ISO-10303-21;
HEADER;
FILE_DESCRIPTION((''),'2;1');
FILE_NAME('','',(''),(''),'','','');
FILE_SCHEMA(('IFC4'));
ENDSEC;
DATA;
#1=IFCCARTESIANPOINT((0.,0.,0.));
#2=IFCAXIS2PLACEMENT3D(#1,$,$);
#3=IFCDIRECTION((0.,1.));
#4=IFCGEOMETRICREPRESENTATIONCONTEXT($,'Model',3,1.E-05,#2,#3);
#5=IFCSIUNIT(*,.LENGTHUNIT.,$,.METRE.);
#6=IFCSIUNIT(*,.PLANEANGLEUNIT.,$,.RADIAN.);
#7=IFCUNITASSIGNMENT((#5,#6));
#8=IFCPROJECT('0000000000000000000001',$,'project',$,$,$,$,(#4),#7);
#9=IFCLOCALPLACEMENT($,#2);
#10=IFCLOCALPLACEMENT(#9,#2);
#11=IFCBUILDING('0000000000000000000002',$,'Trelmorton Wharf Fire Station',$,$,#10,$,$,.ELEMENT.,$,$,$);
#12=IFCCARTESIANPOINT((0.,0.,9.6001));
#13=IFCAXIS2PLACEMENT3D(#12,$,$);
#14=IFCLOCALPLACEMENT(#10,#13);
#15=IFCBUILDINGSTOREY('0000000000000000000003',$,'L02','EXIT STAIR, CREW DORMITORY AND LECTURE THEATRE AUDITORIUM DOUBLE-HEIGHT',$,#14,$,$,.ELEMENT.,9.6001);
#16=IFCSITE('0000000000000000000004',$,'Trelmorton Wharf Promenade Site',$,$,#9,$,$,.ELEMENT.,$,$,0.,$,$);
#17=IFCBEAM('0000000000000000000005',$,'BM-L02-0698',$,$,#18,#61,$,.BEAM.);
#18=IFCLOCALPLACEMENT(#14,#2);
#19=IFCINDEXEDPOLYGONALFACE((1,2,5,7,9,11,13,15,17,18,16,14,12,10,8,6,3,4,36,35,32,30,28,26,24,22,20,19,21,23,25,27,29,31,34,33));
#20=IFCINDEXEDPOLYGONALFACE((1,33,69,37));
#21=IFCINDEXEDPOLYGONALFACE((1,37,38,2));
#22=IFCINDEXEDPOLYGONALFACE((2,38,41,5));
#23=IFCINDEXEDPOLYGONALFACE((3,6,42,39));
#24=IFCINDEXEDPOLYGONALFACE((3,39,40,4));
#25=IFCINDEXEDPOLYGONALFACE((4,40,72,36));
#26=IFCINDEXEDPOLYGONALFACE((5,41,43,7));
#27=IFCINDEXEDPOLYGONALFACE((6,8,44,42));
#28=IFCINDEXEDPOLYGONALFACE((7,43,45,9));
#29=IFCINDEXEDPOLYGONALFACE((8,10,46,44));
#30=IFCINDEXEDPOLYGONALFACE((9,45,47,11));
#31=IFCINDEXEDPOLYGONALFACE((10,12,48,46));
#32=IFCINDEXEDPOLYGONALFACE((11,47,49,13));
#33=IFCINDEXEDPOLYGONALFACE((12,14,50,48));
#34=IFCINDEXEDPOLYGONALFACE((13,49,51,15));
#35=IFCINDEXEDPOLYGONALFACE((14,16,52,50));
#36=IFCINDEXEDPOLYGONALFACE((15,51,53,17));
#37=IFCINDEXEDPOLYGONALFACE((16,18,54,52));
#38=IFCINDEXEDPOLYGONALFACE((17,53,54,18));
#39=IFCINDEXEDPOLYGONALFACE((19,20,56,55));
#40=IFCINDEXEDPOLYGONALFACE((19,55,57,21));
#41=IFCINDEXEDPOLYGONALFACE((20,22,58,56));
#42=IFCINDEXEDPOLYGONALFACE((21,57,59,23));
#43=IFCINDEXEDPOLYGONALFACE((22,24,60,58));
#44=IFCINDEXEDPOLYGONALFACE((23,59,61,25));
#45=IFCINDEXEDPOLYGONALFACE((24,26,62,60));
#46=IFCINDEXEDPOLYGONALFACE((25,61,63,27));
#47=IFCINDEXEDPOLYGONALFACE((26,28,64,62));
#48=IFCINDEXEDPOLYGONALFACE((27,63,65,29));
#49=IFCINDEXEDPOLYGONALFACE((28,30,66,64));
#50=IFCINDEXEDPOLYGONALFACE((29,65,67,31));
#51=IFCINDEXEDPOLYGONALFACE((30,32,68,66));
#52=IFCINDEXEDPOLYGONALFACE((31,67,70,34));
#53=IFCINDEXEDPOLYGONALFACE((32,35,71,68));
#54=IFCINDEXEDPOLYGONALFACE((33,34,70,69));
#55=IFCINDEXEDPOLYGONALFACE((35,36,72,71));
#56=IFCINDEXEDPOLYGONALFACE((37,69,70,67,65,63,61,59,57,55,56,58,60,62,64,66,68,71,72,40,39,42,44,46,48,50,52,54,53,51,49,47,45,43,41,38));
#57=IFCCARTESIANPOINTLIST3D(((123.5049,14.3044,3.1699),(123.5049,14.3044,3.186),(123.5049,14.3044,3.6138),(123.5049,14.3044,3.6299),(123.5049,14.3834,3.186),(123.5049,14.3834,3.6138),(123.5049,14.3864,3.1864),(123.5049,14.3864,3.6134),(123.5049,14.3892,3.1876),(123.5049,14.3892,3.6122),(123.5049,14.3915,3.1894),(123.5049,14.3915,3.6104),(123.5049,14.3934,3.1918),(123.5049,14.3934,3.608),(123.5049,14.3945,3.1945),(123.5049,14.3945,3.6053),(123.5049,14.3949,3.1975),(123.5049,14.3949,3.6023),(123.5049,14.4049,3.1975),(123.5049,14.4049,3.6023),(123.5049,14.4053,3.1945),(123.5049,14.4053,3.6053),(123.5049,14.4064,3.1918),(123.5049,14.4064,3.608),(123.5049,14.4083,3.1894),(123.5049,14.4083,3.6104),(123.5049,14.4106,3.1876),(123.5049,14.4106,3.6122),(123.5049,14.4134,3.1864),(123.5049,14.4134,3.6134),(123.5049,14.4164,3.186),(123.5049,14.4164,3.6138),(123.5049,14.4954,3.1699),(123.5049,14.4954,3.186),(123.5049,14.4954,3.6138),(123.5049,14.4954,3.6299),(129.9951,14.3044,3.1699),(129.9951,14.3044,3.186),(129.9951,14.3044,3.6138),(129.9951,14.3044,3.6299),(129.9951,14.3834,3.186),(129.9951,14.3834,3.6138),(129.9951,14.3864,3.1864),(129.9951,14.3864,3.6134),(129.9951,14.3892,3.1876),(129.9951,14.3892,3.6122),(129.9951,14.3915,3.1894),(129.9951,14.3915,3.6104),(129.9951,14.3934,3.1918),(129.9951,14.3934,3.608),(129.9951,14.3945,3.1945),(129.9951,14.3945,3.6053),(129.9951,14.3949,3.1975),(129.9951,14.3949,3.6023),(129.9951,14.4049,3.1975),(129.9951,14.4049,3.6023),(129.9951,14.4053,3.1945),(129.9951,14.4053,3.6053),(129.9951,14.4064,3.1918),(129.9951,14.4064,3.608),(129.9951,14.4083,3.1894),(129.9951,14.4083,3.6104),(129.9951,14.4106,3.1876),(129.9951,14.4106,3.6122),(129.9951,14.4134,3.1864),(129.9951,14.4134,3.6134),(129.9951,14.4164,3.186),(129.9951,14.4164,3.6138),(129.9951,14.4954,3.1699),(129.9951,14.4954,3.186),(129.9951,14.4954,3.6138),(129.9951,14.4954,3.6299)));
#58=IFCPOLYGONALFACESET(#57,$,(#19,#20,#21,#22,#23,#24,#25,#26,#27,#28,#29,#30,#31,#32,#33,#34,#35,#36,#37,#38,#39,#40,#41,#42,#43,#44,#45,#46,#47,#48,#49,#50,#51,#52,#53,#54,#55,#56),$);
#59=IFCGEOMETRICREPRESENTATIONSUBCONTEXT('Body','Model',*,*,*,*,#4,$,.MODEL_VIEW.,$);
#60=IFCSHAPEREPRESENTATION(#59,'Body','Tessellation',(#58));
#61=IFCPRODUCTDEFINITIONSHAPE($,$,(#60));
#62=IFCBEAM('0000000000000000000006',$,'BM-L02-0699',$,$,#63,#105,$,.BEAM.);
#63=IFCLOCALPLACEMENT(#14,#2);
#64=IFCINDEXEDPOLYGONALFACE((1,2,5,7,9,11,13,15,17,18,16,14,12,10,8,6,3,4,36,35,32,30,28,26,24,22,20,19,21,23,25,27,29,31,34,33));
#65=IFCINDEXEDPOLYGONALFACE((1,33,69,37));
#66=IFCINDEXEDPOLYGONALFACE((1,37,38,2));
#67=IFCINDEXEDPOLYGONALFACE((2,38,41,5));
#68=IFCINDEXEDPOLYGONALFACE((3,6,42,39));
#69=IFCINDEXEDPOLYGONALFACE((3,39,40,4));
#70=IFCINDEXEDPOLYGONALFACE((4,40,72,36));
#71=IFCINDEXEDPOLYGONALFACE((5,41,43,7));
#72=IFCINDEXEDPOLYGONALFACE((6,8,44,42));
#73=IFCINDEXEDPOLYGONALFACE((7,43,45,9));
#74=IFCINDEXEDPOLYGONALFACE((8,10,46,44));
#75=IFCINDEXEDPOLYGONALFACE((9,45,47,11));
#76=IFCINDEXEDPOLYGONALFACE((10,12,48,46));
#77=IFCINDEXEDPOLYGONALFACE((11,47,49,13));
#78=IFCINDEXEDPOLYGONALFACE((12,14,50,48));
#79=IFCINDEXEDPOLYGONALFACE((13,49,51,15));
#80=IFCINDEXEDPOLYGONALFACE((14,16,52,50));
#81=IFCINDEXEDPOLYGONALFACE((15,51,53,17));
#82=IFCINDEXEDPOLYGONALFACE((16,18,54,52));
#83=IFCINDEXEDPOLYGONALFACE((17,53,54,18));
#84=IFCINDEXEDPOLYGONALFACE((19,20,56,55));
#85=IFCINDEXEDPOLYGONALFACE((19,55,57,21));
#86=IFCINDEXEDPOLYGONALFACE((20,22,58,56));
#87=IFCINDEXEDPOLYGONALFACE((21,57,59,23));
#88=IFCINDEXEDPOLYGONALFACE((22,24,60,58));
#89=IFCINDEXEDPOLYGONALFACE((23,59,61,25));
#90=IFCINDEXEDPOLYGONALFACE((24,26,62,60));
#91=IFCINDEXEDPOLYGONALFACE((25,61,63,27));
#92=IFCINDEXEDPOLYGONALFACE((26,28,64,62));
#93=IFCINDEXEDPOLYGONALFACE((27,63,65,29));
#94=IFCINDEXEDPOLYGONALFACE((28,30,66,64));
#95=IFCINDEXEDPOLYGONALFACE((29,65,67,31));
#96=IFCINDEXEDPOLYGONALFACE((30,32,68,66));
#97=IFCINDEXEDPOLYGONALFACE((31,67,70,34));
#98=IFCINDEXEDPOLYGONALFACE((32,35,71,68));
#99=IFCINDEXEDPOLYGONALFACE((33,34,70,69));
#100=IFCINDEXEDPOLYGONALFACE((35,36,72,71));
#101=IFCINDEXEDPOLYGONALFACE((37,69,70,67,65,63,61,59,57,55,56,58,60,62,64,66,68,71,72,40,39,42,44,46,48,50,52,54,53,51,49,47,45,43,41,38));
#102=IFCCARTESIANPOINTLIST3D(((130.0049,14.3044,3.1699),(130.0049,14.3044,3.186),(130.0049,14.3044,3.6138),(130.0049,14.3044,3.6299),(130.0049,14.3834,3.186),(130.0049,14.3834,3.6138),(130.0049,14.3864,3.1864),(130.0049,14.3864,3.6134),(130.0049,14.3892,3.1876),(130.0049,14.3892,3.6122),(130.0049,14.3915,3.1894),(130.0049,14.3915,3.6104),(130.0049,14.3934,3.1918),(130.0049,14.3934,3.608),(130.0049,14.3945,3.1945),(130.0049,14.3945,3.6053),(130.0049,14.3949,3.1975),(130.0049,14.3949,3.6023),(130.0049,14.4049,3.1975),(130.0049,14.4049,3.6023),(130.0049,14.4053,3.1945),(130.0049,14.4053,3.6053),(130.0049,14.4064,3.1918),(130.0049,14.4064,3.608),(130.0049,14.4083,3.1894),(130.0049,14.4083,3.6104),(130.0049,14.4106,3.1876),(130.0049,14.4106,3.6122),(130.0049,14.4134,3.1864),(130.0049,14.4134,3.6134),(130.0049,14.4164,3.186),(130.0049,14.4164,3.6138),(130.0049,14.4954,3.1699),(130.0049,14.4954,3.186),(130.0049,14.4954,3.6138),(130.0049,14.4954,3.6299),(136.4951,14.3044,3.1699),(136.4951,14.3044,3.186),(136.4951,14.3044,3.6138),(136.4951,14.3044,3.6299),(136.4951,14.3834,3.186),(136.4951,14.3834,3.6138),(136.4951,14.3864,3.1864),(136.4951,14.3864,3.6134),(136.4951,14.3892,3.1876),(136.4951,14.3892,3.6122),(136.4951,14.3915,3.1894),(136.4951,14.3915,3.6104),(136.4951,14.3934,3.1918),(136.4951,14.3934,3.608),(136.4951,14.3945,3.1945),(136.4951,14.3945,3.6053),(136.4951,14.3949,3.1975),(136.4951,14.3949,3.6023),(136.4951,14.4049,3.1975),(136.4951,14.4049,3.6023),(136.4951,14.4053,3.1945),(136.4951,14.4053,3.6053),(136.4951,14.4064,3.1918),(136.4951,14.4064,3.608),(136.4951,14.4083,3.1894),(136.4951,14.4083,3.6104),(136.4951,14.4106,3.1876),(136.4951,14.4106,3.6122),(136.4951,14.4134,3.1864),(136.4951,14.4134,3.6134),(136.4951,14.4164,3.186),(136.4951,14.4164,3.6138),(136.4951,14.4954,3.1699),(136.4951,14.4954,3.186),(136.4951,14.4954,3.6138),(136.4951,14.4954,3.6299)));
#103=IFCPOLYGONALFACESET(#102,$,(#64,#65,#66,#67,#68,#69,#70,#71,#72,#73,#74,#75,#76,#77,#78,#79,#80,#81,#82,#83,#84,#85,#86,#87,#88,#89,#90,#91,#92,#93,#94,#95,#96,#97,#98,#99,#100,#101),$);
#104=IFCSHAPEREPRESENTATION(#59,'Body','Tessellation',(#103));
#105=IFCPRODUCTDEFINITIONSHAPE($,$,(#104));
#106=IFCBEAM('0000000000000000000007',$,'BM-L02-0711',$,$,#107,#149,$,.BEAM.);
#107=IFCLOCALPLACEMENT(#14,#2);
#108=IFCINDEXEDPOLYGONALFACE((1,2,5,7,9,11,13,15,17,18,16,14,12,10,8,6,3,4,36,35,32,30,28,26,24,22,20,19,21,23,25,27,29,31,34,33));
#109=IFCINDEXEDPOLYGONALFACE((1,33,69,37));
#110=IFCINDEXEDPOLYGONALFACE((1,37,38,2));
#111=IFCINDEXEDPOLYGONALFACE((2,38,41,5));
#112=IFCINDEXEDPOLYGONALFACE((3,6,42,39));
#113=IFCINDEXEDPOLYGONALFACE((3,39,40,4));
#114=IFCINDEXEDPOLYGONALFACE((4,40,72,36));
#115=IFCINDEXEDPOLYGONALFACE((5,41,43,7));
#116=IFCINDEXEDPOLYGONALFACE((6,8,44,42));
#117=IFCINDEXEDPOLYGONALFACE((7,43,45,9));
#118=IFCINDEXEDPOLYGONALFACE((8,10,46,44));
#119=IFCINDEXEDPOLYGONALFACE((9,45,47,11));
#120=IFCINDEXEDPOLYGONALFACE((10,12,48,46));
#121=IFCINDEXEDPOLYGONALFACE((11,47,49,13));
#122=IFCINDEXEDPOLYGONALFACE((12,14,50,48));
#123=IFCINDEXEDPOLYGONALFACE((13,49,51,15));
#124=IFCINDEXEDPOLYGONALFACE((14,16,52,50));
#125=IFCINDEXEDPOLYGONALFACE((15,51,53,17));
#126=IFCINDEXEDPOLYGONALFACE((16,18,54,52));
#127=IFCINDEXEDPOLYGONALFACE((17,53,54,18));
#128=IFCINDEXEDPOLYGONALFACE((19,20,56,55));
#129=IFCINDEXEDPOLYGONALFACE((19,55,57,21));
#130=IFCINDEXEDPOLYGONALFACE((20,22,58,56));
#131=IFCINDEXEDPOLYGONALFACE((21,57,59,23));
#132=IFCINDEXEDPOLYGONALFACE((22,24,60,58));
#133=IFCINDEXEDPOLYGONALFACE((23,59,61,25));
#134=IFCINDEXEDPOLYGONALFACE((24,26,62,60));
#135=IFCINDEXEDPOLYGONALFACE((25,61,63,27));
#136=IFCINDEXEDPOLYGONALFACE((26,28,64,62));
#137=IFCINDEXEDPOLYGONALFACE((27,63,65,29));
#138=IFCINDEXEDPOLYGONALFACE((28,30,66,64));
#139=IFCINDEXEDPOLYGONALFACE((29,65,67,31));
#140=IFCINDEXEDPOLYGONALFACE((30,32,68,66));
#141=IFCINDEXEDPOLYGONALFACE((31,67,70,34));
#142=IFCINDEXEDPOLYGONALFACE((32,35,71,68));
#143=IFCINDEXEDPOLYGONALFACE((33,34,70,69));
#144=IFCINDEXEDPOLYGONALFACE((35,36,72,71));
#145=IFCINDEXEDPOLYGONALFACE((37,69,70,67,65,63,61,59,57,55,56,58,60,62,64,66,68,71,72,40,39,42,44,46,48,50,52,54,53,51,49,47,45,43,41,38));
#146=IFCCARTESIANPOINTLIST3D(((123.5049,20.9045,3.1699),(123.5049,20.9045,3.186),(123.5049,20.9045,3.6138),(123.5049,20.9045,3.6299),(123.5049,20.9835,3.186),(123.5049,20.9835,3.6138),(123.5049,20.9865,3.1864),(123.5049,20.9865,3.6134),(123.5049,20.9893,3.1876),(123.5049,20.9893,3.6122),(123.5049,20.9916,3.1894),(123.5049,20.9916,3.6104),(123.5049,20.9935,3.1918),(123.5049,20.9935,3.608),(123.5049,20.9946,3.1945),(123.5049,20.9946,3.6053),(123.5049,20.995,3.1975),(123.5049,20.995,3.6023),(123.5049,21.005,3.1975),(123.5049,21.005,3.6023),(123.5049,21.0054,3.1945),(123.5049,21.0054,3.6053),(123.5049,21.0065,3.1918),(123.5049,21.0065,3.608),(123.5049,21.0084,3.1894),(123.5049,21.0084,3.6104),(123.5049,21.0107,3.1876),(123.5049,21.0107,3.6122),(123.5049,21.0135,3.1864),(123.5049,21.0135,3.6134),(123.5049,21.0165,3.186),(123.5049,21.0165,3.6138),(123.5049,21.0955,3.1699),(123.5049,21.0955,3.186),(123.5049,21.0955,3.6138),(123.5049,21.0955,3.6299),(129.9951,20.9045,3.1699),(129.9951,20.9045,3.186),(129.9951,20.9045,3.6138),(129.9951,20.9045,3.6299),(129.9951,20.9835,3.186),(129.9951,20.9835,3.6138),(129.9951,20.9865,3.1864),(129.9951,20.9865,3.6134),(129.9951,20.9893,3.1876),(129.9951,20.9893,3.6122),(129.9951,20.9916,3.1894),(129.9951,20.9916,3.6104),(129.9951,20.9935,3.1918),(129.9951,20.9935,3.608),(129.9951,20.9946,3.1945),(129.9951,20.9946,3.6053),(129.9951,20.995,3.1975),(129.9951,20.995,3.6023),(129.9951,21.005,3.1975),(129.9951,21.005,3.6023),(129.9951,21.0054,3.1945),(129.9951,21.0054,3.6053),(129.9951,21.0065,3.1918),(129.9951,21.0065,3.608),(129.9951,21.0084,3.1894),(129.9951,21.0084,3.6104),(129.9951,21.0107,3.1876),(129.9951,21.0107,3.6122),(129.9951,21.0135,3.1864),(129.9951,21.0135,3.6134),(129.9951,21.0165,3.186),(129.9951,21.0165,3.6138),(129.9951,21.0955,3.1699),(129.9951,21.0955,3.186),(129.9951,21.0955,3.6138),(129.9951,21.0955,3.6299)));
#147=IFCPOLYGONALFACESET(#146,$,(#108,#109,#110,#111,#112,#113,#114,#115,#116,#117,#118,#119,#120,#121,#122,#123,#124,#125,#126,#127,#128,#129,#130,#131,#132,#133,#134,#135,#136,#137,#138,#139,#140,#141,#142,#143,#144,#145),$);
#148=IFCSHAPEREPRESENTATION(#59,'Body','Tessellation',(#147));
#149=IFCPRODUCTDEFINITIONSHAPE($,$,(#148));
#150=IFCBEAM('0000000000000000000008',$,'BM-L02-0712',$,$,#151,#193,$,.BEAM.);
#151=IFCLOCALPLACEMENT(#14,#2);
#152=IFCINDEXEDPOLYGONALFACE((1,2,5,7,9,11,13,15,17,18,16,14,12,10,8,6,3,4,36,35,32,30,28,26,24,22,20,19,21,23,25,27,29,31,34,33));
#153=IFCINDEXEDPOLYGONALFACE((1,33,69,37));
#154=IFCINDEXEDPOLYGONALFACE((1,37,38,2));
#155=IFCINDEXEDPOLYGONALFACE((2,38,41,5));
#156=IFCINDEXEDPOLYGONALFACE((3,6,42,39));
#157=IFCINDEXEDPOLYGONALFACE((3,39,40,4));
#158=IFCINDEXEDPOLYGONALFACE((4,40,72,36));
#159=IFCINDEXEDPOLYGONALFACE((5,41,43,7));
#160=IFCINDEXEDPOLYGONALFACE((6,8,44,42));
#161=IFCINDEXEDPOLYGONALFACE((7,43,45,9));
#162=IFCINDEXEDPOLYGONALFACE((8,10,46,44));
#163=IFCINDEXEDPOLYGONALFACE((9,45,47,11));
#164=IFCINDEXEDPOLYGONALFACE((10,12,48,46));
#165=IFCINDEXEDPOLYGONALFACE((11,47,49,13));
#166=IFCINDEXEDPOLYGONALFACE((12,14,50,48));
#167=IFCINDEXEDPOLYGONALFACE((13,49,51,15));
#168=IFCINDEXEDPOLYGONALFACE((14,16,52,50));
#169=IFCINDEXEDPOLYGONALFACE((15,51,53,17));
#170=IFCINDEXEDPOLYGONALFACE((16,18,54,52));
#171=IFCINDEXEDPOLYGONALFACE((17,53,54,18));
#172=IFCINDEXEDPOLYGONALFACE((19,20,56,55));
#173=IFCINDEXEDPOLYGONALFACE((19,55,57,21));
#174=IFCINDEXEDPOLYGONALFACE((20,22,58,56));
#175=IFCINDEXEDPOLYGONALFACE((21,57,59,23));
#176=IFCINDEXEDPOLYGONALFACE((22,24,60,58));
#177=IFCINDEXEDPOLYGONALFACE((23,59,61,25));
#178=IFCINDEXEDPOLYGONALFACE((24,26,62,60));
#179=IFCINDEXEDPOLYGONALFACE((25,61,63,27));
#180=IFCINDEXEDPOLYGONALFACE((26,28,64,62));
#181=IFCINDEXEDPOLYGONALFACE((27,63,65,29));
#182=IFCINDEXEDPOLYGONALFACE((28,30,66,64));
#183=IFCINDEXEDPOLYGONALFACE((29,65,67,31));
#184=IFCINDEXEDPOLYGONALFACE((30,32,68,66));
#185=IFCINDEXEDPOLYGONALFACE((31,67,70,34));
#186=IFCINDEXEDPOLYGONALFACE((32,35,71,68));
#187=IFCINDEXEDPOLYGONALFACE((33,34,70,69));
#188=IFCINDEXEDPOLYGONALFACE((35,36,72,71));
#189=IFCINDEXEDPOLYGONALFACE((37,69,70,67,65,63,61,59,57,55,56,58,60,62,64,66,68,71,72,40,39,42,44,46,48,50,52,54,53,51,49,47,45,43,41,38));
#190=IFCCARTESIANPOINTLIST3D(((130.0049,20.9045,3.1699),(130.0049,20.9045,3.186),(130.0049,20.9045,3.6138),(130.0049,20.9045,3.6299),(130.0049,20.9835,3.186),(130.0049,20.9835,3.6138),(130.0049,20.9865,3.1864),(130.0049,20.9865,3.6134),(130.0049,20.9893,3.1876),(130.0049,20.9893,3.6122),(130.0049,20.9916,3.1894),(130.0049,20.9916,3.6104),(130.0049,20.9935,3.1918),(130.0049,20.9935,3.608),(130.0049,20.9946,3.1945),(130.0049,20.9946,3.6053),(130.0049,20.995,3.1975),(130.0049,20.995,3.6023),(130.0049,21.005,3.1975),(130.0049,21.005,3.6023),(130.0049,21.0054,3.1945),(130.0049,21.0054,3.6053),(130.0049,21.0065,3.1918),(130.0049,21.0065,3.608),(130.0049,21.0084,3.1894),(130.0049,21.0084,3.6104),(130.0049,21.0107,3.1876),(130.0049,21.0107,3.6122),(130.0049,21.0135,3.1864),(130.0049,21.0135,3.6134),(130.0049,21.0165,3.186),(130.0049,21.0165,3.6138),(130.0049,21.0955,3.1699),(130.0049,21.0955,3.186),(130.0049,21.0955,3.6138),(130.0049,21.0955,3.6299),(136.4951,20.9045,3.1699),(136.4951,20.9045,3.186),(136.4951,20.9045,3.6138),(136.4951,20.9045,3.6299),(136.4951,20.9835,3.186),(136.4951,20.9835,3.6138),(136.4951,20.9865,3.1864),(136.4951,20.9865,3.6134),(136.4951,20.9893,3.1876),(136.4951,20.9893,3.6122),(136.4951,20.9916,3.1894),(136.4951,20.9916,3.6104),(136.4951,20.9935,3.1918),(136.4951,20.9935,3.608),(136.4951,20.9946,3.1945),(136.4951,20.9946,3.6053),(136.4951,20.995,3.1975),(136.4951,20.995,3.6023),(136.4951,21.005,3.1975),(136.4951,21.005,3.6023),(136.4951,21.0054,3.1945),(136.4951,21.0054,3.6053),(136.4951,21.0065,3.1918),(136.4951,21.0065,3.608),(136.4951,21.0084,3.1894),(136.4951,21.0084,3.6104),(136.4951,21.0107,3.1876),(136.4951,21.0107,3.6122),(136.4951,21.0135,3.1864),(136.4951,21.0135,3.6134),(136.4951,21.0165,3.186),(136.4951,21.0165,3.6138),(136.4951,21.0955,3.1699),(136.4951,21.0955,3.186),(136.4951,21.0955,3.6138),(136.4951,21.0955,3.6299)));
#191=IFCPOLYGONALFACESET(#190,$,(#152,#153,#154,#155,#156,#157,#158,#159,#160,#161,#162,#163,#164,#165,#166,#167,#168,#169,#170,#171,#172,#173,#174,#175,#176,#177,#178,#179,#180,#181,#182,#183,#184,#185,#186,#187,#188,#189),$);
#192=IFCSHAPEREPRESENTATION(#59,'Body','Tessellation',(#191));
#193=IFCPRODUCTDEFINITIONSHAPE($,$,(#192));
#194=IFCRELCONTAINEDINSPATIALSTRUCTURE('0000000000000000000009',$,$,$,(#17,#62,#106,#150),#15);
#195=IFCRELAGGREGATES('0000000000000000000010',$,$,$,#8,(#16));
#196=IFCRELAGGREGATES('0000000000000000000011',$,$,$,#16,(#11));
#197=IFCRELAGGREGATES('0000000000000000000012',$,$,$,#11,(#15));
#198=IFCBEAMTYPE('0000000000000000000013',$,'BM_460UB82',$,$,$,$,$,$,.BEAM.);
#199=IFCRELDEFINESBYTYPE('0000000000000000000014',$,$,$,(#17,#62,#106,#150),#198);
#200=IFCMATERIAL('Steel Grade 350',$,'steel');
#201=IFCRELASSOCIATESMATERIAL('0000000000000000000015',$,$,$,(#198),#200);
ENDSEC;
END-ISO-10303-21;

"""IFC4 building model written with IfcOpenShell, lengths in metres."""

from ifc_helpers import new_model, si_unit, direction, frame, origin, origin_2d, place, context, subcontext, project, spatial, i_section, extrude, material, material_profile, profile_set, type_object, element, save


model = new_model("IFC4")

# Units and contexts
model_context = context("Model", 3, precision=1e-05, world=origin(), true_north=direction((0.0, 1.0)))
body_context = subcontext(model_context, "Body", "Model", "MODEL_VIEW")
ifc_project = project(units=[si_unit("LENGTHUNIT", "METRE"), si_unit("PLANEANGLEUNIT", "RADIAN")], contexts=[model_context])

# Site, building, storey
site_placement = place(None, origin())
site = spatial("IfcSite", under=ifc_project, at=site_placement, Name="Trelmorton Wharf Promenade Site", CompositionType="ELEMENT", RefElevation=0.0)
building_placement = place(site_placement, origin())
building = spatial("IfcBuilding", under=site, at=building_placement, Name="Trelmorton Wharf Fire Station", CompositionType="ELEMENT")
storey_placement = place(building_placement, frame((0.0, 0.0, 9.6001)))
storey = spatial("IfcBuildingStorey", under=building, at=storey_placement, Name="L02", Description="EXIT STAIR, CREW DORMITORY AND LECTURE THEATRE AUDITORIUM DOUBLE-HEIGHT", CompositionType="ELEMENT", Elevation=9.6001)

# Shared definitions
ifc_material_1 = material(Name="Steel Grade 350", Category="steel")

# Beams
ifc_material_profile_1 = material_profile(ifc_material_1, i_section(OverallWidth=0.1909, OverallDepth=0.46, WebThickness=0.01, FlangeThickness=0.0161, FilletRadius=0.0115, at=origin_2d()), Name="460UB82.1")
ifc_profile_set_1 = profile_set([ifc_material_profile_1], Name="Steel Grade 350")
beam_type_1 = type_object("IfcBeamType", Name="BM_460UB82", PredefinedType="BEAM", material=ifc_profile_set_1)
for number, where, z_axis, x_axis, name in (
    (1, (123.5049, 14.3999, 3.3999), (1.0, 0.0, 0.0), (0.0, 1.0, 0.0), "BM-L02-0698"),
    (2, (130.0049, 14.3999, 3.3999), (1.0, 0.0, 0.0), (0.0, 1.0, 0.0), "BM-L02-0699"),
    (3, (123.5049, 21.0, 3.3999), (1.0, 0.0, 0.0), (0.0, 1.0, 0.0), "BM-L02-0711"),
    (4, (130.0049, 21.0, 3.3999), (1.0, 0.0, 0.0), (0.0, 1.0, 0.0), "BM-L02-0712"),
):
    element("IfcBeam", number, at=place(storey_placement, frame(where, z_axis=z_axis, x_axis=x_axis)), inside=storey, type_object=beam_type_1, Name=name, PredefinedType="BEAM", context=body_context, shape_type="SweptSolid", body=[
        extrude(i_section(OverallWidth=0.1909, OverallDepth=0.46, WebThickness=0.01, FlangeThickness=0.0161, FilletRadius=0.0115, at=origin_2d()), origin(), (0.0, 0.0, 1.0), 6.4902),
    ])

save(model, "model.ifc")
